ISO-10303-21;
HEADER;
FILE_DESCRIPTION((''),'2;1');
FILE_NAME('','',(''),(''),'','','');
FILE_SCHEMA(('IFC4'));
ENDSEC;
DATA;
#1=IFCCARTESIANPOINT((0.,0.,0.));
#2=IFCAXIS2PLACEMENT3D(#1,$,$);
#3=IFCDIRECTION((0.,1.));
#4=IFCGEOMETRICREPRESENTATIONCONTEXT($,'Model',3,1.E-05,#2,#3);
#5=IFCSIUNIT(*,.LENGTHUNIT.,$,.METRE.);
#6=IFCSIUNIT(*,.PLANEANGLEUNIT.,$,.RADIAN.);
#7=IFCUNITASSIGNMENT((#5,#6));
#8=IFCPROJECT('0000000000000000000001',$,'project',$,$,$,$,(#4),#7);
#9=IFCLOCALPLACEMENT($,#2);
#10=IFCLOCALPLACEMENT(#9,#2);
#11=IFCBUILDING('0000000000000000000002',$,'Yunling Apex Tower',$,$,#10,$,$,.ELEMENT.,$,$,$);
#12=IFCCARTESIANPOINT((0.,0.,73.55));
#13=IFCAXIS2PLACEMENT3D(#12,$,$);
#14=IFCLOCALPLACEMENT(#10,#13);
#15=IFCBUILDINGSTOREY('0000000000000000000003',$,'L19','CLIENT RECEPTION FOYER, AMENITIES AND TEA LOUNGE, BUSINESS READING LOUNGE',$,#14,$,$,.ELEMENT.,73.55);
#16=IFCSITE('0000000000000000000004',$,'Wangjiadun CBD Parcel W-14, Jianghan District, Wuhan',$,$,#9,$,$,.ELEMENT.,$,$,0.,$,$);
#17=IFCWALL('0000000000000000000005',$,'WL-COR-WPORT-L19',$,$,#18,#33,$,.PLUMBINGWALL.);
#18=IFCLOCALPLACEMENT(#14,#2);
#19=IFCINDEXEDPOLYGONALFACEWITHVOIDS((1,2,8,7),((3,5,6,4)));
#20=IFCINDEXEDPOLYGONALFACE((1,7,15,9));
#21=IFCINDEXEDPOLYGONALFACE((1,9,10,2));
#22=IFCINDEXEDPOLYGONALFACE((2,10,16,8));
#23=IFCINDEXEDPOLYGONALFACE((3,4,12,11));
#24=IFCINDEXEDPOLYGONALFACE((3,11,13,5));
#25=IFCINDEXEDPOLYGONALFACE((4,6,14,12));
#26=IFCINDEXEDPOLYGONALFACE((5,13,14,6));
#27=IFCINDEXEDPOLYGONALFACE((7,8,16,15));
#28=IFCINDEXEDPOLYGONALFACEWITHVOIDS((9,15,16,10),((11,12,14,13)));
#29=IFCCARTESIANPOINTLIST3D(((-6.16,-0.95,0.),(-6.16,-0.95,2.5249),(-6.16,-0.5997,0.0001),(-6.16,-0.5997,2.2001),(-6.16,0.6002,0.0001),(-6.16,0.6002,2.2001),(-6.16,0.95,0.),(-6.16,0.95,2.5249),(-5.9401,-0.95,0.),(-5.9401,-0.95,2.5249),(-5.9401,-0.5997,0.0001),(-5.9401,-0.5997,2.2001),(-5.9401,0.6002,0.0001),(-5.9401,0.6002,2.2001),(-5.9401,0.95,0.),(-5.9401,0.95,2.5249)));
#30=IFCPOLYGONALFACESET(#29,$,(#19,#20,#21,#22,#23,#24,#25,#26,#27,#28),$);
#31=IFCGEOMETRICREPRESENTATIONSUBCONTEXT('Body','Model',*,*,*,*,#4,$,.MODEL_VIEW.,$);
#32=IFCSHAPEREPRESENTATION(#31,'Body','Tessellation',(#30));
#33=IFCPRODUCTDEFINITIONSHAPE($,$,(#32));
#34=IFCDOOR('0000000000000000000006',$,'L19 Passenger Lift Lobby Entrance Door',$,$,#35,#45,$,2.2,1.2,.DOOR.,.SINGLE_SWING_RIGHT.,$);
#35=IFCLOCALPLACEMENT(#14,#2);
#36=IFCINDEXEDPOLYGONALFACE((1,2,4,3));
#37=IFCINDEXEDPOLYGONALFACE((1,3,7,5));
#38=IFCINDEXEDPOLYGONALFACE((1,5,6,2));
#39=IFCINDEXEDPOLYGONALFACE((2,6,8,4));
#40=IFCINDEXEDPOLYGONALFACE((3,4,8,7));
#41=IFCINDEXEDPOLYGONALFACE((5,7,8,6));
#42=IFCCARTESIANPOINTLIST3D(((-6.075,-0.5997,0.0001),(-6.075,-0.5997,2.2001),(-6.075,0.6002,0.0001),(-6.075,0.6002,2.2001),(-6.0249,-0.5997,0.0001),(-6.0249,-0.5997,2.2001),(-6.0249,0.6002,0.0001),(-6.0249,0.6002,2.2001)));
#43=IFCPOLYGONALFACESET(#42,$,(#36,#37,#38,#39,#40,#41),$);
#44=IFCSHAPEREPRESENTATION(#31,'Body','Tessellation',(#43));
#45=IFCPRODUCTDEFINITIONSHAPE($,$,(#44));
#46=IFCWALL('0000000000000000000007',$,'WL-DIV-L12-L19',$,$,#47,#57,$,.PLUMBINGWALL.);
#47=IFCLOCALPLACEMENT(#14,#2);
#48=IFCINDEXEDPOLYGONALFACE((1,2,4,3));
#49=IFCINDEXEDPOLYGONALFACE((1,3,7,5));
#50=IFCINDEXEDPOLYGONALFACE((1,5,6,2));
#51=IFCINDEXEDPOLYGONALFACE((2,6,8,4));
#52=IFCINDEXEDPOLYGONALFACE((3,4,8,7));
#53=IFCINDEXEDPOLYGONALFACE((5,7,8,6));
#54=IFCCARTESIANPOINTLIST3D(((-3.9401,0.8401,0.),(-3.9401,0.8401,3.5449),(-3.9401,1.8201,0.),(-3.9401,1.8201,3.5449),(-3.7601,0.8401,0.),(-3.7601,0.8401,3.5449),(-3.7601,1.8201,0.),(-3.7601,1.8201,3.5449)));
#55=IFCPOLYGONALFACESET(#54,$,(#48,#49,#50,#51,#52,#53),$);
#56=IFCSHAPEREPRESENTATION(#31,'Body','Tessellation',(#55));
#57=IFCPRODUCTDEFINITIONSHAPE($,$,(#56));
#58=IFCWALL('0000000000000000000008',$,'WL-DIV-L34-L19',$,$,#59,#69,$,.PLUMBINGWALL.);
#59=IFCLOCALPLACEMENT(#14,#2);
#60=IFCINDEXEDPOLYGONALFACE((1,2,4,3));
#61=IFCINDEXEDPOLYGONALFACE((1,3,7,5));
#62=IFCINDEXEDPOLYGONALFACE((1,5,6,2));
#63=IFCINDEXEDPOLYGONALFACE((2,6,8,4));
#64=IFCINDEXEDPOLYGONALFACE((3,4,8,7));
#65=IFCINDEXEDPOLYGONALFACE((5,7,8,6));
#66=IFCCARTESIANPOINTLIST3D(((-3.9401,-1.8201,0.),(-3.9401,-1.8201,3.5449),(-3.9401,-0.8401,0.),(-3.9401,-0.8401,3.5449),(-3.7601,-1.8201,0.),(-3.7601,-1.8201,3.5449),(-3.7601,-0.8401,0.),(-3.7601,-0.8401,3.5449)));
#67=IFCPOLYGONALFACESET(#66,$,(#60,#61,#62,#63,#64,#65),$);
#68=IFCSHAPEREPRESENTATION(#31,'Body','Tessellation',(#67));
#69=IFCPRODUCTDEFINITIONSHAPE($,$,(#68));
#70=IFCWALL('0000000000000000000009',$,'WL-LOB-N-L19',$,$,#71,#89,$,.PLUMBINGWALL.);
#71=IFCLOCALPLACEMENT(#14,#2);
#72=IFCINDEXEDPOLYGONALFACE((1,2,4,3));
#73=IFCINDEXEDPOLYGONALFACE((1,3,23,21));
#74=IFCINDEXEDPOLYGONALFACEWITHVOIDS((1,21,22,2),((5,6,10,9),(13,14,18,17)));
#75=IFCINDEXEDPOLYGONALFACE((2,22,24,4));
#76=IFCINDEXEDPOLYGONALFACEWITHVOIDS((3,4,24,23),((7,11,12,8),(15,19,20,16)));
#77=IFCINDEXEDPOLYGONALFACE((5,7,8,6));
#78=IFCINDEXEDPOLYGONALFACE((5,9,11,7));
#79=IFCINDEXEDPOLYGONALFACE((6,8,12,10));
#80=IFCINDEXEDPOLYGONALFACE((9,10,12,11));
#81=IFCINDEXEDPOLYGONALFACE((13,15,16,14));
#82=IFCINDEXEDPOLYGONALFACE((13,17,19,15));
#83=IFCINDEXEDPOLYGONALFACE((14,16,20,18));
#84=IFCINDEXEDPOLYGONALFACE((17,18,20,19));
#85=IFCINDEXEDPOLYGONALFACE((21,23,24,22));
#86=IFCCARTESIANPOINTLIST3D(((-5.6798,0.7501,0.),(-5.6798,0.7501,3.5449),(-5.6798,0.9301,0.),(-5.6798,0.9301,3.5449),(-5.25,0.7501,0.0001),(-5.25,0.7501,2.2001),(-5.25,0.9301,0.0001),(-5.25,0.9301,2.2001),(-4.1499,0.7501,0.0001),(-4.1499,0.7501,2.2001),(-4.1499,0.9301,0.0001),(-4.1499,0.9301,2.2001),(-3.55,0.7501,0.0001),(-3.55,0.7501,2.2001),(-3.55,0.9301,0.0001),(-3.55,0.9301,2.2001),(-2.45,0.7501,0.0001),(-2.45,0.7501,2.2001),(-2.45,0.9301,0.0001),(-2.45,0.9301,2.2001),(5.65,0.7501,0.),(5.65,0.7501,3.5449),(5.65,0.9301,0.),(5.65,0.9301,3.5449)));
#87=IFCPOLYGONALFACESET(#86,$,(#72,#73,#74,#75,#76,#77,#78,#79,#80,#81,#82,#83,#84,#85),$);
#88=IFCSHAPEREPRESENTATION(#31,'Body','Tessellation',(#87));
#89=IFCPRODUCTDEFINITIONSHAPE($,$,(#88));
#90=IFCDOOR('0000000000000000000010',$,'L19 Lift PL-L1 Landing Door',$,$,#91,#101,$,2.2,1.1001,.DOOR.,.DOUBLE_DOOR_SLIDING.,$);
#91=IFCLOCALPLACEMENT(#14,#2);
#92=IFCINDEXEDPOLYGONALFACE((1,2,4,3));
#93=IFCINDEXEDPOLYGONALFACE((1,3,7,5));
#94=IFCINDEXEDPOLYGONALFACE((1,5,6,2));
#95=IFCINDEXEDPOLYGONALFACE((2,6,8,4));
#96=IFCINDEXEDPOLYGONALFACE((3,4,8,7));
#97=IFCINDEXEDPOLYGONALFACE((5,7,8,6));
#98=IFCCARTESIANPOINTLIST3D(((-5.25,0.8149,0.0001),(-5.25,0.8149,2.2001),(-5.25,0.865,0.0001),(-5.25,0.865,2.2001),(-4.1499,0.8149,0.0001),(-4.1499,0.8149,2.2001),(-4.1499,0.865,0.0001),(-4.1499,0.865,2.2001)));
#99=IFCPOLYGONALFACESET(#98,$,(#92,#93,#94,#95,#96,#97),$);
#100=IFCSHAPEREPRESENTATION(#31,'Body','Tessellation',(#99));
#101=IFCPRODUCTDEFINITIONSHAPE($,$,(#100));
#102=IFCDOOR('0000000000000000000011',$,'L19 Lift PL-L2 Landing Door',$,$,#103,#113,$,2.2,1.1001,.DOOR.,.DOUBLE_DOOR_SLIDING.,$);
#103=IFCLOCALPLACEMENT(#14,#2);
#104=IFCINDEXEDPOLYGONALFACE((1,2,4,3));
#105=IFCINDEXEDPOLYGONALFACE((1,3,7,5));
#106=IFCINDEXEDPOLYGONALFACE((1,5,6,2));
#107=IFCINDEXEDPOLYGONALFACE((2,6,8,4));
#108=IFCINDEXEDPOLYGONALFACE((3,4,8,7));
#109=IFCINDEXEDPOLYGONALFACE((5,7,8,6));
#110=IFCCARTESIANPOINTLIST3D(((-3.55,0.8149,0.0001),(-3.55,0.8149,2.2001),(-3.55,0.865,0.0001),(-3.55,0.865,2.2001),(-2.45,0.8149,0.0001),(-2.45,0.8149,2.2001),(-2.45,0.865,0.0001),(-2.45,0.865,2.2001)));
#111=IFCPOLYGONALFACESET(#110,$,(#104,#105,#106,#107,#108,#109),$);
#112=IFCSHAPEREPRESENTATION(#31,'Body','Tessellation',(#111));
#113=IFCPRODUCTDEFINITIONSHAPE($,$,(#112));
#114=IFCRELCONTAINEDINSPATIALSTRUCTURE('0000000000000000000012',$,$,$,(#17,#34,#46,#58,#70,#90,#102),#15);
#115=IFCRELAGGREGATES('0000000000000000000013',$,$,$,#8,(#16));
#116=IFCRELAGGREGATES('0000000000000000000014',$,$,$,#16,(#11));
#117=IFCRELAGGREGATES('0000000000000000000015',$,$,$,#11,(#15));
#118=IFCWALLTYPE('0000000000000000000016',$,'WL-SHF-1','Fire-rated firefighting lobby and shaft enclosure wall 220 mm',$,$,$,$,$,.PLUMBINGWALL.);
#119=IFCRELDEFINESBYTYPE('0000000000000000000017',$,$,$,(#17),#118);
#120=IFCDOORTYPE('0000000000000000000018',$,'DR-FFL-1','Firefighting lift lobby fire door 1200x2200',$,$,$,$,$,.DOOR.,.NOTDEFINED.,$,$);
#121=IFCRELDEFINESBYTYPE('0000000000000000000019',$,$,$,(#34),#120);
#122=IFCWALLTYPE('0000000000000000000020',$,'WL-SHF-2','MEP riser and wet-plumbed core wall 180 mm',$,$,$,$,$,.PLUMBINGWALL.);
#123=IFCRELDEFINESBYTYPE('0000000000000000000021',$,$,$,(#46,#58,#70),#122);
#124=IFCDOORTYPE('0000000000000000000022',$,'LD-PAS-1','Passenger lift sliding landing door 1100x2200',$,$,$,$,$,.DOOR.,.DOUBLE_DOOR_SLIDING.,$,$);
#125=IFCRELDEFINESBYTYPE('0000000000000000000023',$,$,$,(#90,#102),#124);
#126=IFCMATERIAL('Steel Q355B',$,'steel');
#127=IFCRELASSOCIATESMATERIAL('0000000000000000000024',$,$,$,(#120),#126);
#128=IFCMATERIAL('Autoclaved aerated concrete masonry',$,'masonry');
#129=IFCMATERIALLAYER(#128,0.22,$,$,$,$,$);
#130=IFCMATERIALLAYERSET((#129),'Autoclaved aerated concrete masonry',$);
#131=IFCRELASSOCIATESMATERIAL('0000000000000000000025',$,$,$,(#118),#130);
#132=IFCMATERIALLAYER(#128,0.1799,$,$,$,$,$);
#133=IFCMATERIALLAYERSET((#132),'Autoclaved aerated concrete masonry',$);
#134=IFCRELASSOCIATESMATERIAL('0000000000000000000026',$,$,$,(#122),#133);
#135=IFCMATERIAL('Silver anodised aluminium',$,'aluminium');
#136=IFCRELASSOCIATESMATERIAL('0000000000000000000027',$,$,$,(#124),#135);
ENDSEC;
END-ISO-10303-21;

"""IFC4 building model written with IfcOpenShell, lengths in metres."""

from ifc_helpers import new_model, si_unit, direction, frame, frame_2d, origin, place, context, subcontext, project, spatial, rectangle, extrude, material, layer, layer_set, type_object, element, fill, save


model = new_model("IFC4")

# Units and contexts
model_context = context("Model", 3, precision=1e-05, world=origin(), true_north=direction((0.0, 1.0)))
body_context = subcontext(model_context, "Body", "Model", "MODEL_VIEW")
ifc_project = project(units=[si_unit("LENGTHUNIT", "METRE"), si_unit("PLANEANGLEUNIT", "RADIAN")], contexts=[model_context])

# Site, building, storey
site_placement = place(None, origin())
site = spatial("IfcSite", under=ifc_project, at=site_placement, Name="Wangjiadun CBD Parcel W-14, Jianghan District, Wuhan", CompositionType="ELEMENT", RefElevation=0.0)
building_placement = place(site_placement, origin())
building = spatial("IfcBuilding", under=site, at=building_placement, Name="Yunling Apex Tower", CompositionType="ELEMENT")
storey_placement = place(building_placement, frame((0.0, 0.0, 73.55)))
storey = spatial("IfcBuildingStorey", under=building, at=storey_placement, Name="L19", Description="CLIENT RECEPTION FOYER, AMENITIES AND TEA LOUNGE, BUSINESS READING LOUNGE", CompositionType="ELEMENT", Elevation=73.55)

# Shared definitions
ifc_material_1 = material(Name="Steel Q355B", Category="steel")

# Shared definitions
door_type_1 = type_object("IfcDoorType", Name="DR-FFL-1", Description="Firefighting lift lobby fire door 1200x2200", OperationType="NOTDEFINED", PredefinedType="DOOR", material=ifc_material_1)

# Wall, opening, door
ifc_material_2 = material(Name="Autoclaved aerated concrete masonry", Category="masonry")
ifc_layer_1 = layer(ifc_material_2, 0.22)
ifc_layer_set_1 = layer_set([ifc_layer_1], Name="Autoclaved aerated concrete masonry")
wall_type_1 = type_object("IfcWallType", Name="WL-SHF-1", Description="Fire-rated firefighting lobby and shaft enclosure wall 220 mm", PredefinedType="PLUMBINGWALL", material=ifc_layer_set_1)
wall_1_placement = place(storey_placement, frame((-6.05, -0.95, 0.0), z_axis=(0.0, 0.0, 1.0), x_axis=(0.0, 1.0, 0.0)))
wall_1 = element("IfcWall", 1, at=wall_1_placement, inside=storey, type_object=wall_type_1, Name="WL-COR-WPORT-L19", PredefinedType="PLUMBINGWALL", context=body_context, shape_type="SweptSolid", body=[
    extrude(rectangle(XDim=1.8999, YDim=0.22, at=frame_2d((0.95, 0.0))), origin(), (0.0, 0.0, 1.0), 2.5249),
])
opening_1_placement = place(wall_1_placement, frame((0.3501, 0.0, 0.0)))
opening_1 = element("IfcOpeningElement", 2, at=opening_1_placement, cuts=wall_1, PredefinedType="OPENING", context=body_context, shape_type="SweptSolid", body=[
    extrude(rectangle(XDim=1.2, YDim=2.2, at=frame_2d((0.6001, 1.1001))), frame((0.0, 0.1201, 0.0), z_axis=(0.0, -1.0, 0.0), x_axis=(1.0, 0.0, 0.0)), (0.0, 0.0, 1.0), 0.24),
])
door_1_placement = place(opening_1_placement, origin())
door_1 = element("IfcDoor", 3, at=door_1_placement, inside=storey, type_object=door_type_1, Name="L19 Passenger Lift Lobby Entrance Door", OperationType="SINGLE_SWING_RIGHT", OverallHeight=2.2, OverallWidth=1.2, PredefinedType="DOOR", context=body_context, shape_type="SweptSolid", body=[
    extrude(rectangle(XDim=1.2, YDim=2.2, at=frame_2d((0.6001, 1.1001))), frame((0.0, 0.0249, 0.0), z_axis=(0.0, -1.0, 0.0), x_axis=(1.0, 0.0, 0.0)), (0.0, 0.0, 1.0), 0.05),
])
fill(opening_1, door_1)

# Walls
ifc_layer_2 = layer(ifc_material_2, 0.1799)
ifc_layer_set_2 = layer_set([ifc_layer_2], Name="Autoclaved aerated concrete masonry")
wall_type_2 = type_object("IfcWallType", Name="WL-SHF-2", Description="MEP riser and wet-plumbed core wall 180 mm", PredefinedType="PLUMBINGWALL", material=ifc_layer_set_2)
for number, where, z_axis, x_axis, name in (
    (4, (-3.8501, 0.8401, 0.0), (0.0, 0.0, 1.0), (0.0, 1.0, 0.0), "WL-DIV-L12-L19"),
    (5, (-3.8501, -1.8201, 0.0), (0.0, 0.0, 1.0), (0.0, 1.0, 0.0), "WL-DIV-L34-L19"),
):
    element("IfcWall", number, at=place(storey_placement, frame(where, z_axis=z_axis, x_axis=x_axis)), inside=storey, type_object=wall_type_2, Name=name, PredefinedType="PLUMBINGWALL", context=body_context, shape_type="SweptSolid", body=[
        extrude(rectangle(XDim=0.98, YDim=0.1799, at=frame_2d((0.49, 0.0))), origin(), (0.0, 0.0, 1.0), 3.5449),
    ])

# Wall, openings, doors
wall_2_placement = place(storey_placement, frame((-5.6799, 0.8401, 0.0), z_axis=(0.0, 0.0, 1.0), x_axis=(1.0, 0.0, 0.0)))
wall_2 = element("IfcWall", 6, at=wall_2_placement, inside=storey, type_object=wall_type_2, Name="WL-LOB-N-L19", PredefinedType="PLUMBINGWALL", context=body_context, shape_type="SweptSolid", body=[
    extrude(rectangle(XDim=11.3298, YDim=0.1799, at=frame_2d((5.665, 0.0))), origin(), (0.0, 0.0, 1.0), 3.5449),
])
opening_2_placement = place(wall_2_placement, frame((0.4299, 0.0, 0.0)))
opening_2 = element("IfcOpeningElement", 7, at=opening_2_placement, cuts=wall_2, PredefinedType="OPENING", context=body_context, shape_type="SweptSolid", body=[
    extrude(rectangle(XDim=1.1001, YDim=2.2, at=frame_2d((0.55, 1.1001))), frame((0.0, 0.1001, 0.0), z_axis=(0.0, -1.0, 0.0), x_axis=(1.0, 0.0, 0.0)), (0.0, 0.0, 1.0), 0.2),
])
opening_3_placement = place(wall_2_placement, frame((2.1299, 0.0, 0.0)))
opening_3 = element("IfcOpeningElement", 8, at=opening_3_placement, cuts=wall_2, PredefinedType="OPENING", context=body_context, shape_type="SweptSolid", body=[
    extrude(rectangle(XDim=1.1001, YDim=2.2, at=frame_2d((0.55, 1.1001))), frame((0.0, 0.1001, 0.0), z_axis=(0.0, -1.0, 0.0), x_axis=(1.0, 0.0, 0.0)), (0.0, 0.0, 1.0), 0.2),
])
ifc_material_3 = material(Name="Silver anodised aluminium", Category="aluminium")
door_type_2 = type_object("IfcDoorType", Name="LD-PAS-1", Description="Passenger lift sliding landing door 1100x2200", OperationType="DOUBLE_DOOR_SLIDING", PredefinedType="DOOR", material=ifc_material_3)
door_2_placement = place(opening_2_placement, origin())
door_2 = element("IfcDoor", 9, at=door_2_placement, inside=storey, type_object=door_type_2, Name="L19 Lift PL-L1 Landing Door", OperationType="DOUBLE_DOOR_SLIDING", OverallHeight=2.2, OverallWidth=1.1001, PredefinedType="DOOR", context=body_context, shape_type="SweptSolid", body=[
    extrude(rectangle(XDim=1.1001, YDim=2.2, at=frame_2d((0.55, 1.1001))), frame((0.0, 0.0249, 0.0), z_axis=(0.0, -1.0, 0.0), x_axis=(1.0, 0.0, 0.0)), (0.0, 0.0, 1.0), 0.05),
])
fill(opening_2, door_2)
door_3_placement = place(opening_3_placement, origin())
door_3 = element("IfcDoor", 10, at=door_3_placement, inside=storey, type_object=door_type_2, Name="L19 Lift PL-L2 Landing Door", OperationType="DOUBLE_DOOR_SLIDING", OverallHeight=2.2, OverallWidth=1.1001, PredefinedType="DOOR", context=body_context, shape_type="SweptSolid", body=[
    extrude(rectangle(XDim=1.1001, YDim=2.2, at=frame_2d((0.55, 1.1001))), frame((0.0, 0.0249, 0.0), z_axis=(0.0, -1.0, 0.0), x_axis=(1.0, 0.0, 0.0)), (0.0, 0.0, 1.0), 0.05),
])
fill(opening_3, door_3)

save(model, "model.ifc")
